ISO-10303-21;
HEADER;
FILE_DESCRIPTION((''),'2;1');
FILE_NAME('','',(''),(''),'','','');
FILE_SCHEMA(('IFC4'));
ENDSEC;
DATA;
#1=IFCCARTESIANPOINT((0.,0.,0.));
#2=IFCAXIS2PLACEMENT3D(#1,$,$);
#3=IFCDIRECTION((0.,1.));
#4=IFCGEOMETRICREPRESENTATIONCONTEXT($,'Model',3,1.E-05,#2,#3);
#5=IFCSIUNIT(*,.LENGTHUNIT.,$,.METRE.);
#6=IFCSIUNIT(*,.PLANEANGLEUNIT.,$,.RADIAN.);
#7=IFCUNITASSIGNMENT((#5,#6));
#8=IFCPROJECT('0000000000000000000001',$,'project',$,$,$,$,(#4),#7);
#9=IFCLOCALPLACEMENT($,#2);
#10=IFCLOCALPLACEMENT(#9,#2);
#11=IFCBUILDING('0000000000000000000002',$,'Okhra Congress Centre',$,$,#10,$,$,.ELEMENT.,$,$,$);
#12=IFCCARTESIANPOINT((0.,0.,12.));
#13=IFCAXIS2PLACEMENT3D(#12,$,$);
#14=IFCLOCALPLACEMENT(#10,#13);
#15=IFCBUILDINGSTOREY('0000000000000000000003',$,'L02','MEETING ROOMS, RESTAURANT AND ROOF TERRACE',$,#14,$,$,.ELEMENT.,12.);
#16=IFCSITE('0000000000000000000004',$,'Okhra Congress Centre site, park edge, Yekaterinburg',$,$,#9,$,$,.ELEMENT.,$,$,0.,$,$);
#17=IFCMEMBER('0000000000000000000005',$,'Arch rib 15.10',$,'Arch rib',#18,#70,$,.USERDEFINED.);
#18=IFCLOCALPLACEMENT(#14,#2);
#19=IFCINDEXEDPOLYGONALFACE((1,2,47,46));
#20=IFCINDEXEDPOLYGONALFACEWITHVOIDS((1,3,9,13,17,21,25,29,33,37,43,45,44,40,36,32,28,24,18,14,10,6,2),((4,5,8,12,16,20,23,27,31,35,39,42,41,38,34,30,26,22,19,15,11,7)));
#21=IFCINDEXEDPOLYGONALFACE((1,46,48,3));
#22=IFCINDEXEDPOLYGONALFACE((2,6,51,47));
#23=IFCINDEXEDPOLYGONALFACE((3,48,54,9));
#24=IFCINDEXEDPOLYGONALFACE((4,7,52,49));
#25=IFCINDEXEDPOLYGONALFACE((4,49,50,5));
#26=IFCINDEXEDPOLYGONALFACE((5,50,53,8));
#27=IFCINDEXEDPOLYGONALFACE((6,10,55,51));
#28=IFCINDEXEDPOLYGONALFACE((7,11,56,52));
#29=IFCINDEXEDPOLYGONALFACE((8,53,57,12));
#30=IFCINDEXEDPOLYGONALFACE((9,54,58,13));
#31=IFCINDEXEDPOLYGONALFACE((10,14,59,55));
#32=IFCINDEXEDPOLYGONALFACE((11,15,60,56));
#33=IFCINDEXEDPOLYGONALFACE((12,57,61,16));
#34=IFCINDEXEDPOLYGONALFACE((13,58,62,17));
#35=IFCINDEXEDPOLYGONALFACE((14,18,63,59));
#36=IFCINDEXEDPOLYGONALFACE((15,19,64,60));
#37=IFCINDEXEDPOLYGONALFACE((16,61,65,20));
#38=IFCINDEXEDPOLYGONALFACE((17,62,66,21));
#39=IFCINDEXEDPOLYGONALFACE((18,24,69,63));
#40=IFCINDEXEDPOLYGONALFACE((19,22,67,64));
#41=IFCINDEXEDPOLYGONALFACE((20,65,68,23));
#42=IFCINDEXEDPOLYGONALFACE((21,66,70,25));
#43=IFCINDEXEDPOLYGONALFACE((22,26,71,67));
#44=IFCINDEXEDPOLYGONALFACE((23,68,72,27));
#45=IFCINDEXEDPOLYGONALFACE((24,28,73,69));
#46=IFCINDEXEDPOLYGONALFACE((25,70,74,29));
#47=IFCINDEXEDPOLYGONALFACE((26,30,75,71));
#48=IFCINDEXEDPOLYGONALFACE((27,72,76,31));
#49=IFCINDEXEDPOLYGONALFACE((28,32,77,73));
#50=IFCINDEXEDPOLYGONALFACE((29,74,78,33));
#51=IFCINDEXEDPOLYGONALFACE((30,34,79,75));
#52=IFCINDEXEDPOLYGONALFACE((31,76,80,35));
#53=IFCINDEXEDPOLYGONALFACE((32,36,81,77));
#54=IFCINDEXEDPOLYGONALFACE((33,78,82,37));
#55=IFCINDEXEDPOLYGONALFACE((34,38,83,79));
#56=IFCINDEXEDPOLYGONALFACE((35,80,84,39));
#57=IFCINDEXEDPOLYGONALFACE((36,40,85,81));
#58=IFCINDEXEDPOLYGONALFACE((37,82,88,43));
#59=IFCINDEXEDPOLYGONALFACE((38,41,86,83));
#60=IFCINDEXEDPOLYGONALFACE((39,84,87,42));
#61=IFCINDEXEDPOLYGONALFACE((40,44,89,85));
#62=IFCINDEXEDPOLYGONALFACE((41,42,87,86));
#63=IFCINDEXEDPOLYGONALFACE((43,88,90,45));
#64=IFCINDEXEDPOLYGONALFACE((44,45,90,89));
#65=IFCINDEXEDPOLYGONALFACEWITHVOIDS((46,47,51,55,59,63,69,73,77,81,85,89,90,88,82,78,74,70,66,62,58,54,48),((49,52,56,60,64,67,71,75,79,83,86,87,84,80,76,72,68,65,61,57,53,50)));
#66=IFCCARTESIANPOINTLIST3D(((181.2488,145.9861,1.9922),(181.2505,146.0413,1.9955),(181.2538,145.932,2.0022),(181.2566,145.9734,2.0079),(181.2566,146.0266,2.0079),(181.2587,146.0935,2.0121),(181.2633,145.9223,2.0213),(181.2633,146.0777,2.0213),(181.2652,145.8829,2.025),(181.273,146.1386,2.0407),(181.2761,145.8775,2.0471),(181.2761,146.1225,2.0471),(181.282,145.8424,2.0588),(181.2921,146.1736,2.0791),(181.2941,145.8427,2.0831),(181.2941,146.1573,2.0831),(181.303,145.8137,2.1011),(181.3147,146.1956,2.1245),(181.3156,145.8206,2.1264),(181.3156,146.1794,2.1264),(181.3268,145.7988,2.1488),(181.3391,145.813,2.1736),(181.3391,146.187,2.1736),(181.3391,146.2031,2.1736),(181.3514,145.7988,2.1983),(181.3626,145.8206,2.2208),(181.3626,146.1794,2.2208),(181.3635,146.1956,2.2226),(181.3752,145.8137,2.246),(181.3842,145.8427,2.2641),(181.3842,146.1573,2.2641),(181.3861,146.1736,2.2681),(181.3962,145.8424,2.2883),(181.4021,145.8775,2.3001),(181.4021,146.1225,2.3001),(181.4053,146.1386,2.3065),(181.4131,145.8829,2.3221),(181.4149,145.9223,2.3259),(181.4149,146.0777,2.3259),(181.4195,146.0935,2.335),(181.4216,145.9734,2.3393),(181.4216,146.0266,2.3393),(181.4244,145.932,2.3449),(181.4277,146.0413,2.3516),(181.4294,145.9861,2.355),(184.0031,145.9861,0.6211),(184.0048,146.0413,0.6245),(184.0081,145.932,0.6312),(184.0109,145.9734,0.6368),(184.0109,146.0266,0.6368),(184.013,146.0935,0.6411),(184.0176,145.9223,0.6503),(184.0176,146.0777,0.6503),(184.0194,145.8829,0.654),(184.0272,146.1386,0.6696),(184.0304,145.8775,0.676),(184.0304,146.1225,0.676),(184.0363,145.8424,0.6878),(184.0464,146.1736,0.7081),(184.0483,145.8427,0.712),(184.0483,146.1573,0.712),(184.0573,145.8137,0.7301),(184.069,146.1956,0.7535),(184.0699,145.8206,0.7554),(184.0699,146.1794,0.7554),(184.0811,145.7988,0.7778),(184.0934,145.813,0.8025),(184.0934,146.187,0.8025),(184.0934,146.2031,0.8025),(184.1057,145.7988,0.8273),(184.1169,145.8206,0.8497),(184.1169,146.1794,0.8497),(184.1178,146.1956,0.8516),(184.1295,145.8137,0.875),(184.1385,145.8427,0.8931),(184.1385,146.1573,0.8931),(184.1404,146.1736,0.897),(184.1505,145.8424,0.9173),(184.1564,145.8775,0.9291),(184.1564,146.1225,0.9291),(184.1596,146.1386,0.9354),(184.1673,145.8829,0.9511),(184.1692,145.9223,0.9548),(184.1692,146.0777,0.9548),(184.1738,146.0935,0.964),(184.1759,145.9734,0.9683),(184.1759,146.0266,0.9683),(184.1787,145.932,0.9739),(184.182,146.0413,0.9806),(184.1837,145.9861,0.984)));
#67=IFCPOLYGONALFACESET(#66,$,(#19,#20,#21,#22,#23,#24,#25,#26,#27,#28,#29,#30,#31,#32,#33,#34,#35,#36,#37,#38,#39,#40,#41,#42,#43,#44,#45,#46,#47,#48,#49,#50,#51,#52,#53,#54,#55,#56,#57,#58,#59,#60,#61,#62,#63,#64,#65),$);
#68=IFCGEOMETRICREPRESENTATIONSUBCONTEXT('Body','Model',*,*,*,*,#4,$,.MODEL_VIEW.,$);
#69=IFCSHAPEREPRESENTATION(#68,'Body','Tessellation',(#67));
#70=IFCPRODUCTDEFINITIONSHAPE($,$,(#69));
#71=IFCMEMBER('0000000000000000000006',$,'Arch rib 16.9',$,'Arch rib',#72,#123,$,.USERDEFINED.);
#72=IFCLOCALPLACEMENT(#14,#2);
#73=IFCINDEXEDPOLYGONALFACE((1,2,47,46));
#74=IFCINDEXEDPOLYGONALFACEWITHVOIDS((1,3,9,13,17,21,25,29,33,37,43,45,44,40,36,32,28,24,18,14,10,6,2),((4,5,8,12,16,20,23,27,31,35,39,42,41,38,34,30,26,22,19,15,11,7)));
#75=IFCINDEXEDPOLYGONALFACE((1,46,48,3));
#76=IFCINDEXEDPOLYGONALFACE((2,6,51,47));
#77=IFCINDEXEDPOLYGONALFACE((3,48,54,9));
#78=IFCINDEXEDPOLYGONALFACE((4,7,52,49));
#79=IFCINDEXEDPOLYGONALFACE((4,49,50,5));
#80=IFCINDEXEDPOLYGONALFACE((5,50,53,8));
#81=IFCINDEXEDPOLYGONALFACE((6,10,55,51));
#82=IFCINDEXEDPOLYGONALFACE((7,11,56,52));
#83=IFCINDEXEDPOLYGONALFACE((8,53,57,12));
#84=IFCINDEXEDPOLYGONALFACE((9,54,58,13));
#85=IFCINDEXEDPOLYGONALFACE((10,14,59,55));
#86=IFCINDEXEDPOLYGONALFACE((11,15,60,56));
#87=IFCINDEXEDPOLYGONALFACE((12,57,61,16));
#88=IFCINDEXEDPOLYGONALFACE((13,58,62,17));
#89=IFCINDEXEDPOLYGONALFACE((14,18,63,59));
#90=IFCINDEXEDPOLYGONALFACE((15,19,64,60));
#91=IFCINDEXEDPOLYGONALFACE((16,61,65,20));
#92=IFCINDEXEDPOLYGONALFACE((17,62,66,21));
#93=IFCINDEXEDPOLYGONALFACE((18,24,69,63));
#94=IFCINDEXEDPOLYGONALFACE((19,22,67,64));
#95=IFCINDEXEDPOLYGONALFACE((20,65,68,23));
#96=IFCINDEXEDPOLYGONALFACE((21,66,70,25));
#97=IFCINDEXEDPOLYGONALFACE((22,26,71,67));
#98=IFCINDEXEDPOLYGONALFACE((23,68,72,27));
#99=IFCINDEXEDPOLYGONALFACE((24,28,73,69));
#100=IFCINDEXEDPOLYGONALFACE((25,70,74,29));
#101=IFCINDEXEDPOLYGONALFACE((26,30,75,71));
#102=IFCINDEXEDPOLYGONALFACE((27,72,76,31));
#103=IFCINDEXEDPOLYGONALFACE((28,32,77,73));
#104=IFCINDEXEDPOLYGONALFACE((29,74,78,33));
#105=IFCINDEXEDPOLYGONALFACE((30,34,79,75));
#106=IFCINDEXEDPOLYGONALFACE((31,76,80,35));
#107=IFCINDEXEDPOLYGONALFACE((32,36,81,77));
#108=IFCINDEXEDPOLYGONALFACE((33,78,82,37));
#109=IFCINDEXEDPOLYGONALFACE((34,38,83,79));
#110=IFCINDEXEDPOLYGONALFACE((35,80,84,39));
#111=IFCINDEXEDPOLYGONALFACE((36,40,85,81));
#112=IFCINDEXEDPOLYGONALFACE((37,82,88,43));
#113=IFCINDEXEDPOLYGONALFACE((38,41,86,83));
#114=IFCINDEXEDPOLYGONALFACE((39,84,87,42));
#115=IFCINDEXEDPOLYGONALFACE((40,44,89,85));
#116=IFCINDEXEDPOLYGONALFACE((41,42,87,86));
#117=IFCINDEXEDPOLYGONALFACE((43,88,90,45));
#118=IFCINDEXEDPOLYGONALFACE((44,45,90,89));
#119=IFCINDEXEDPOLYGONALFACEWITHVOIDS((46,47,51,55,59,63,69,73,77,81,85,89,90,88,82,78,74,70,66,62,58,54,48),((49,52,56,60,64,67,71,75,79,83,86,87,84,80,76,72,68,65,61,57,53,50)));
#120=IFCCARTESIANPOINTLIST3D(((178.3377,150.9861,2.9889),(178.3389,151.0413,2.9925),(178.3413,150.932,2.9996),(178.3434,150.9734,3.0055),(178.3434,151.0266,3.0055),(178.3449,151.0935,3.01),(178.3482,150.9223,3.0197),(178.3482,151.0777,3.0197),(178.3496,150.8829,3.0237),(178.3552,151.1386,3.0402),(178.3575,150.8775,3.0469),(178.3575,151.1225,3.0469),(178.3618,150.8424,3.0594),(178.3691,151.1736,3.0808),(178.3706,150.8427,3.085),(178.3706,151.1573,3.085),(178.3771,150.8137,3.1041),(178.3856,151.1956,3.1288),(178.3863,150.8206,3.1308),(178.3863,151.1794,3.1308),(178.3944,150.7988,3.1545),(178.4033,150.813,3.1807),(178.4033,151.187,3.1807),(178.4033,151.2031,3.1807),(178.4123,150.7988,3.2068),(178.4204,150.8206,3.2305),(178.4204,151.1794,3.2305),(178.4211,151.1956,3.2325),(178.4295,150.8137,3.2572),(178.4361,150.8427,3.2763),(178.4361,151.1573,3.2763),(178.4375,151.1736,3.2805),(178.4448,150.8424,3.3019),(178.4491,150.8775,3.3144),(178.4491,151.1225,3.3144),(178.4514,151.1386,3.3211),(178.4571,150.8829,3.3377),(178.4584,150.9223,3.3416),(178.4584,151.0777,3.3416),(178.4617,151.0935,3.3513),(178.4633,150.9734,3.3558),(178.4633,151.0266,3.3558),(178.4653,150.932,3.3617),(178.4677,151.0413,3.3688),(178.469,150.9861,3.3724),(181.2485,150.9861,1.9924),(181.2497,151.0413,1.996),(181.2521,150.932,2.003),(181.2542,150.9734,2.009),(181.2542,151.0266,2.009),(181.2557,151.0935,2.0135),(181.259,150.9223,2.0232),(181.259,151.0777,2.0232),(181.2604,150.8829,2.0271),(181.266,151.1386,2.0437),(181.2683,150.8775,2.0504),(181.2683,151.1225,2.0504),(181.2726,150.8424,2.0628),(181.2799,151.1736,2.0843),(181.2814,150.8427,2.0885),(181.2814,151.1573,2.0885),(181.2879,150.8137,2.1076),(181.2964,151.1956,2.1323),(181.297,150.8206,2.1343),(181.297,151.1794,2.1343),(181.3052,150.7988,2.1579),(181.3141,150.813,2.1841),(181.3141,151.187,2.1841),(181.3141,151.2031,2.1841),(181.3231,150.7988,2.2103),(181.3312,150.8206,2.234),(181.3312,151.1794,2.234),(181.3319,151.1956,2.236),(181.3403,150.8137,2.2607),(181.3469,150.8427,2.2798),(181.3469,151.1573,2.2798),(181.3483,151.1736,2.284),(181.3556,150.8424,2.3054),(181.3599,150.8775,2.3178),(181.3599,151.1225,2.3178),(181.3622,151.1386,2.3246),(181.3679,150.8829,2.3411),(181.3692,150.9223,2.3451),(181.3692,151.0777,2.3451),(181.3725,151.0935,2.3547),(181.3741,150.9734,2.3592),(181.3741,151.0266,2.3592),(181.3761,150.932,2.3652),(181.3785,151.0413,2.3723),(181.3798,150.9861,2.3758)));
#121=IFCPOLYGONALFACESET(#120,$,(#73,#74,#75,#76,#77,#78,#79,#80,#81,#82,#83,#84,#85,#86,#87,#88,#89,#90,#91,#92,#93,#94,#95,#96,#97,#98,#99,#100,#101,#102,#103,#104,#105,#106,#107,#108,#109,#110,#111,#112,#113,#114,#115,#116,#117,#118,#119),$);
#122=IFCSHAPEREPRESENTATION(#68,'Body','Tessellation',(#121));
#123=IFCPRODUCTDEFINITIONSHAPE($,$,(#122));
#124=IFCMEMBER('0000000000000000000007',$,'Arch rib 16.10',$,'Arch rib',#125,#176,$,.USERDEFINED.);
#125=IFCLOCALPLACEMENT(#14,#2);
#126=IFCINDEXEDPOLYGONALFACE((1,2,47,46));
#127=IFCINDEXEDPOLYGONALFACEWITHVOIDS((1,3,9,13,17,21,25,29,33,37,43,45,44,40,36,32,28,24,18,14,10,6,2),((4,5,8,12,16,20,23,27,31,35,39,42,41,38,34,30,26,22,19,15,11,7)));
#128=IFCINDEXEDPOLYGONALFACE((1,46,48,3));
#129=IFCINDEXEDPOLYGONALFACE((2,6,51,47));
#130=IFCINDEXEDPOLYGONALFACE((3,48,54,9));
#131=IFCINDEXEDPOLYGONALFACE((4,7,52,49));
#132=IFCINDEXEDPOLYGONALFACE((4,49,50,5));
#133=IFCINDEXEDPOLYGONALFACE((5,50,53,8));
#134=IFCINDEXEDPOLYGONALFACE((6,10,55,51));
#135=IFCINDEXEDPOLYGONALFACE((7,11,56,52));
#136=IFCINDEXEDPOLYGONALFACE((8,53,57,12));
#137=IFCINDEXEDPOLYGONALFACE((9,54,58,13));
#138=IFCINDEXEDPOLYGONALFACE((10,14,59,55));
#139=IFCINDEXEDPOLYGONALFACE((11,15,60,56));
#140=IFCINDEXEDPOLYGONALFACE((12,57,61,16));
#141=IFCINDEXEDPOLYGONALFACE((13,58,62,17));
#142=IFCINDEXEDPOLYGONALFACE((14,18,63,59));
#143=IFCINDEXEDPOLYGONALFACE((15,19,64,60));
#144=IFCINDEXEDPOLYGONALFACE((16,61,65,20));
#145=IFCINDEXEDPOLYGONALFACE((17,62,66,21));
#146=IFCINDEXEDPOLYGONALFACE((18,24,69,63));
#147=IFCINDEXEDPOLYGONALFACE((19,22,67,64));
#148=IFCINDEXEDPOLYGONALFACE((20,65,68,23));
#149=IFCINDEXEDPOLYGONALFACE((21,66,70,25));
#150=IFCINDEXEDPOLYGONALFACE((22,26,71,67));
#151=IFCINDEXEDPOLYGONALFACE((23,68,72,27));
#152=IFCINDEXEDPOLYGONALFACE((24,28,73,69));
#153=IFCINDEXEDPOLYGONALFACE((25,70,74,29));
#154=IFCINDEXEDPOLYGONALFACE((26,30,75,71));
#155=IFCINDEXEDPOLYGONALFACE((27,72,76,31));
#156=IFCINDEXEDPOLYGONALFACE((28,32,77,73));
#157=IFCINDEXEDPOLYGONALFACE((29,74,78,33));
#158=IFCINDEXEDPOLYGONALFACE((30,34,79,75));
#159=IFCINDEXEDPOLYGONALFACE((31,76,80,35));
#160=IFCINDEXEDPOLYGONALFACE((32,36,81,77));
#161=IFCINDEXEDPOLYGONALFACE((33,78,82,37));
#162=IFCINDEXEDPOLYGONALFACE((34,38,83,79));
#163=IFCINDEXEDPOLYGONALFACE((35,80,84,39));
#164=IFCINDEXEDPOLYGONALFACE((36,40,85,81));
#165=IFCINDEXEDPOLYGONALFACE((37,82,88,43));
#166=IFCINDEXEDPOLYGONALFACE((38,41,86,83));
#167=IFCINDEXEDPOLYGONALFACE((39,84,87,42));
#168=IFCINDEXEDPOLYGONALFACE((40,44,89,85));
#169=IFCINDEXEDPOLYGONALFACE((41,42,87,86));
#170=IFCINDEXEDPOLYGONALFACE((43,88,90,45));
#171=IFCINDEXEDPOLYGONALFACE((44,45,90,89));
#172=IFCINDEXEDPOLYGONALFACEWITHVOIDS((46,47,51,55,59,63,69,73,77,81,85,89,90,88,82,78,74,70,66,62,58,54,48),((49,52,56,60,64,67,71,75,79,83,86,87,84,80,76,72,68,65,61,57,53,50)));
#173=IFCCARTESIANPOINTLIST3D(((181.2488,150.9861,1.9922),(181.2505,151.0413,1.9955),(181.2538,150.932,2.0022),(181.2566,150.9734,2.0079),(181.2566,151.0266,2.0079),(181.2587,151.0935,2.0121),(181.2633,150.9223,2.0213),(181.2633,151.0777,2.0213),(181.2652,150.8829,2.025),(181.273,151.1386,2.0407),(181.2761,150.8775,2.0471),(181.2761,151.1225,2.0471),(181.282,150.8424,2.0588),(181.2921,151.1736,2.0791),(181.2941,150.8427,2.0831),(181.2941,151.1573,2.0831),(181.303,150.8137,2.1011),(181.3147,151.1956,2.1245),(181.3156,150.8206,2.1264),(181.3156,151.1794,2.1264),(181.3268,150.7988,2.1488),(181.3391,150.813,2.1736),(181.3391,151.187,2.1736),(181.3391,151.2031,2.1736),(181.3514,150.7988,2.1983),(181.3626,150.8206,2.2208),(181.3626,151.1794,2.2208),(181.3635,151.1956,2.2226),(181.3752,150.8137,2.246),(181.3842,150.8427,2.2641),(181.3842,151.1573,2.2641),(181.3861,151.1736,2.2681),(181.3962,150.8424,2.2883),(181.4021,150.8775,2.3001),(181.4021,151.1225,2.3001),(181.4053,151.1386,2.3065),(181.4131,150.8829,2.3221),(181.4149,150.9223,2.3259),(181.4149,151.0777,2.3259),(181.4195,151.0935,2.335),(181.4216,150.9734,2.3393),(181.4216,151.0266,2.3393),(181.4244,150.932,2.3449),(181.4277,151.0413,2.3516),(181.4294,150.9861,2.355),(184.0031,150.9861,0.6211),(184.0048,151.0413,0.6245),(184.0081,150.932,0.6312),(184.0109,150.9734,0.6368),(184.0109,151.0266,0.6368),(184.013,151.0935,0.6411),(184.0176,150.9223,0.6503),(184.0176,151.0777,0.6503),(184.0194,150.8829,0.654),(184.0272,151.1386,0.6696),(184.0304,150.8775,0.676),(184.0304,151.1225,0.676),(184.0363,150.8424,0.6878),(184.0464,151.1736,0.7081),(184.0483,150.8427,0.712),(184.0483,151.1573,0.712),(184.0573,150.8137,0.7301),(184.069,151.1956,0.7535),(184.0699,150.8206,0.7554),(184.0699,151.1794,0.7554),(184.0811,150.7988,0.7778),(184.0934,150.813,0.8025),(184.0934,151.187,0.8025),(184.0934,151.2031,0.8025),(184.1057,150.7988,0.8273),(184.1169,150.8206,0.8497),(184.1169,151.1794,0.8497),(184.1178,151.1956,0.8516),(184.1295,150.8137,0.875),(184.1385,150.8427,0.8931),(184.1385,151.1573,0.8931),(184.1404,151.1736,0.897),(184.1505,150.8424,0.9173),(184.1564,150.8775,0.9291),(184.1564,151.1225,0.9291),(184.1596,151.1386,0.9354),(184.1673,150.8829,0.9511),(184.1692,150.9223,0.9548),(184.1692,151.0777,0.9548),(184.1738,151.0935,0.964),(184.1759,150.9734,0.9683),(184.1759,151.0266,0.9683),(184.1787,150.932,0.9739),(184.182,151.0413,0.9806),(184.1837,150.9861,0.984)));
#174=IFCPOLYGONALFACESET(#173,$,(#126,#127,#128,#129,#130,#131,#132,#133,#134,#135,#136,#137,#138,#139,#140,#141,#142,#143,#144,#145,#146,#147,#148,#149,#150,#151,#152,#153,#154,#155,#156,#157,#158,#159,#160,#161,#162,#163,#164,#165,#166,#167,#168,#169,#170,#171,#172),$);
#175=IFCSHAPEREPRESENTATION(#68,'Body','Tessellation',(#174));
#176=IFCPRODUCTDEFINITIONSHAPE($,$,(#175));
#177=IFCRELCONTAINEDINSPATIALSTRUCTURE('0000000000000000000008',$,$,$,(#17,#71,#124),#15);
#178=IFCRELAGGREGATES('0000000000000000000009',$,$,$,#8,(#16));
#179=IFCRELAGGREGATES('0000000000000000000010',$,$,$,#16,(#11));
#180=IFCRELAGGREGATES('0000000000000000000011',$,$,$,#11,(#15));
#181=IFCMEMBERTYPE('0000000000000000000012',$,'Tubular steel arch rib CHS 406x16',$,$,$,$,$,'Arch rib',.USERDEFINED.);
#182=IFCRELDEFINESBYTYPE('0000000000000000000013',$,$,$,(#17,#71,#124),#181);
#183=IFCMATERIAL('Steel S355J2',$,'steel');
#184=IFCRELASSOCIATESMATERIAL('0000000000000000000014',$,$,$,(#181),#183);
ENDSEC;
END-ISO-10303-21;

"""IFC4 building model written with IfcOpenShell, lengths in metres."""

from ifc_helpers import new_model, si_unit, direction, frame, origin, origin_2d, place, context, subcontext, project, spatial, hollow_circle, extrude, material, material_profile, profile_set, type_object, element, save


model = new_model("IFC4")

# Units and contexts
model_context = context("Model", 3, precision=1e-05, world=origin(), true_north=direction((0.0, 1.0)))
body_context = subcontext(model_context, "Body", "Model", "MODEL_VIEW")
ifc_project = project(units=[si_unit("LENGTHUNIT", "METRE"), si_unit("PLANEANGLEUNIT", "RADIAN")], contexts=[model_context])

# Site, building, storey
site_placement = place(None, origin())
site = spatial("IfcSite", under=ifc_project, at=site_placement, Name="Okhra Congress Centre site, park edge, Yekaterinburg", CompositionType="ELEMENT", RefElevation=0.0)
building_placement = place(site_placement, origin())
building = spatial("IfcBuilding", under=site, at=building_placement, Name="Okhra Congress Centre", CompositionType="ELEMENT")
storey_placement = place(building_placement, frame((0.0, 0.0, 12.0)))
storey = spatial("IfcBuildingStorey", under=building, at=storey_placement, Name="L02", Description="MEETING ROOMS, RESTAURANT AND ROOF TERRACE", CompositionType="ELEMENT", Elevation=12.0)

# Members
ifc_material_1 = material(Name="Steel S355J2", Category="steel")
ifc_material_profile_1 = material_profile(ifc_material_1, hollow_circle(Radius=0.2031, WallThickness=0.0161, at=origin_2d()), Name="CHS 406.4x16")
ifc_profile_set_1 = profile_set([ifc_material_profile_1], Name="Steel S355J2")
member_type_1 = type_object("IfcMemberType", Name="Tubular steel arch rib CHS 406x16", ElementType="Arch rib", PredefinedType="USERDEFINED", material=ifc_profile_set_1)
for number, where, z_axis, x_axis, name in (
    (1, (181.3391, 146.0, 2.1736), (0.895219, 0.0, -0.445626), (0.0, 1.0, 0.0), "Arch rib 15.10"),
    (2, (178.4033, 151.0, 3.1807), (0.946089, 0.0, -0.323906), (0.0, 1.0, 0.0), "Arch rib 16.9"),
    (3, (181.3391, 151.0, 2.1736), (0.895219, 0.0, -0.445626), (0.0, 1.0, 0.0), "Arch rib 16.10"),
):
    element("IfcMember", number, at=place(storey_placement, frame(where, z_axis=z_axis, x_axis=x_axis)), inside=storey, type_object=member_type_1, Name=name, ObjectType="Arch rib", PredefinedType="USERDEFINED", context=body_context, shape_type="SweptSolid", body=[
        extrude(hollow_circle(Radius=0.2031, WallThickness=0.0161, at=origin_2d()), origin(), (0.0, 0.0, 1.0), 3.0767),
    ])

save(model, "model.ifc")
